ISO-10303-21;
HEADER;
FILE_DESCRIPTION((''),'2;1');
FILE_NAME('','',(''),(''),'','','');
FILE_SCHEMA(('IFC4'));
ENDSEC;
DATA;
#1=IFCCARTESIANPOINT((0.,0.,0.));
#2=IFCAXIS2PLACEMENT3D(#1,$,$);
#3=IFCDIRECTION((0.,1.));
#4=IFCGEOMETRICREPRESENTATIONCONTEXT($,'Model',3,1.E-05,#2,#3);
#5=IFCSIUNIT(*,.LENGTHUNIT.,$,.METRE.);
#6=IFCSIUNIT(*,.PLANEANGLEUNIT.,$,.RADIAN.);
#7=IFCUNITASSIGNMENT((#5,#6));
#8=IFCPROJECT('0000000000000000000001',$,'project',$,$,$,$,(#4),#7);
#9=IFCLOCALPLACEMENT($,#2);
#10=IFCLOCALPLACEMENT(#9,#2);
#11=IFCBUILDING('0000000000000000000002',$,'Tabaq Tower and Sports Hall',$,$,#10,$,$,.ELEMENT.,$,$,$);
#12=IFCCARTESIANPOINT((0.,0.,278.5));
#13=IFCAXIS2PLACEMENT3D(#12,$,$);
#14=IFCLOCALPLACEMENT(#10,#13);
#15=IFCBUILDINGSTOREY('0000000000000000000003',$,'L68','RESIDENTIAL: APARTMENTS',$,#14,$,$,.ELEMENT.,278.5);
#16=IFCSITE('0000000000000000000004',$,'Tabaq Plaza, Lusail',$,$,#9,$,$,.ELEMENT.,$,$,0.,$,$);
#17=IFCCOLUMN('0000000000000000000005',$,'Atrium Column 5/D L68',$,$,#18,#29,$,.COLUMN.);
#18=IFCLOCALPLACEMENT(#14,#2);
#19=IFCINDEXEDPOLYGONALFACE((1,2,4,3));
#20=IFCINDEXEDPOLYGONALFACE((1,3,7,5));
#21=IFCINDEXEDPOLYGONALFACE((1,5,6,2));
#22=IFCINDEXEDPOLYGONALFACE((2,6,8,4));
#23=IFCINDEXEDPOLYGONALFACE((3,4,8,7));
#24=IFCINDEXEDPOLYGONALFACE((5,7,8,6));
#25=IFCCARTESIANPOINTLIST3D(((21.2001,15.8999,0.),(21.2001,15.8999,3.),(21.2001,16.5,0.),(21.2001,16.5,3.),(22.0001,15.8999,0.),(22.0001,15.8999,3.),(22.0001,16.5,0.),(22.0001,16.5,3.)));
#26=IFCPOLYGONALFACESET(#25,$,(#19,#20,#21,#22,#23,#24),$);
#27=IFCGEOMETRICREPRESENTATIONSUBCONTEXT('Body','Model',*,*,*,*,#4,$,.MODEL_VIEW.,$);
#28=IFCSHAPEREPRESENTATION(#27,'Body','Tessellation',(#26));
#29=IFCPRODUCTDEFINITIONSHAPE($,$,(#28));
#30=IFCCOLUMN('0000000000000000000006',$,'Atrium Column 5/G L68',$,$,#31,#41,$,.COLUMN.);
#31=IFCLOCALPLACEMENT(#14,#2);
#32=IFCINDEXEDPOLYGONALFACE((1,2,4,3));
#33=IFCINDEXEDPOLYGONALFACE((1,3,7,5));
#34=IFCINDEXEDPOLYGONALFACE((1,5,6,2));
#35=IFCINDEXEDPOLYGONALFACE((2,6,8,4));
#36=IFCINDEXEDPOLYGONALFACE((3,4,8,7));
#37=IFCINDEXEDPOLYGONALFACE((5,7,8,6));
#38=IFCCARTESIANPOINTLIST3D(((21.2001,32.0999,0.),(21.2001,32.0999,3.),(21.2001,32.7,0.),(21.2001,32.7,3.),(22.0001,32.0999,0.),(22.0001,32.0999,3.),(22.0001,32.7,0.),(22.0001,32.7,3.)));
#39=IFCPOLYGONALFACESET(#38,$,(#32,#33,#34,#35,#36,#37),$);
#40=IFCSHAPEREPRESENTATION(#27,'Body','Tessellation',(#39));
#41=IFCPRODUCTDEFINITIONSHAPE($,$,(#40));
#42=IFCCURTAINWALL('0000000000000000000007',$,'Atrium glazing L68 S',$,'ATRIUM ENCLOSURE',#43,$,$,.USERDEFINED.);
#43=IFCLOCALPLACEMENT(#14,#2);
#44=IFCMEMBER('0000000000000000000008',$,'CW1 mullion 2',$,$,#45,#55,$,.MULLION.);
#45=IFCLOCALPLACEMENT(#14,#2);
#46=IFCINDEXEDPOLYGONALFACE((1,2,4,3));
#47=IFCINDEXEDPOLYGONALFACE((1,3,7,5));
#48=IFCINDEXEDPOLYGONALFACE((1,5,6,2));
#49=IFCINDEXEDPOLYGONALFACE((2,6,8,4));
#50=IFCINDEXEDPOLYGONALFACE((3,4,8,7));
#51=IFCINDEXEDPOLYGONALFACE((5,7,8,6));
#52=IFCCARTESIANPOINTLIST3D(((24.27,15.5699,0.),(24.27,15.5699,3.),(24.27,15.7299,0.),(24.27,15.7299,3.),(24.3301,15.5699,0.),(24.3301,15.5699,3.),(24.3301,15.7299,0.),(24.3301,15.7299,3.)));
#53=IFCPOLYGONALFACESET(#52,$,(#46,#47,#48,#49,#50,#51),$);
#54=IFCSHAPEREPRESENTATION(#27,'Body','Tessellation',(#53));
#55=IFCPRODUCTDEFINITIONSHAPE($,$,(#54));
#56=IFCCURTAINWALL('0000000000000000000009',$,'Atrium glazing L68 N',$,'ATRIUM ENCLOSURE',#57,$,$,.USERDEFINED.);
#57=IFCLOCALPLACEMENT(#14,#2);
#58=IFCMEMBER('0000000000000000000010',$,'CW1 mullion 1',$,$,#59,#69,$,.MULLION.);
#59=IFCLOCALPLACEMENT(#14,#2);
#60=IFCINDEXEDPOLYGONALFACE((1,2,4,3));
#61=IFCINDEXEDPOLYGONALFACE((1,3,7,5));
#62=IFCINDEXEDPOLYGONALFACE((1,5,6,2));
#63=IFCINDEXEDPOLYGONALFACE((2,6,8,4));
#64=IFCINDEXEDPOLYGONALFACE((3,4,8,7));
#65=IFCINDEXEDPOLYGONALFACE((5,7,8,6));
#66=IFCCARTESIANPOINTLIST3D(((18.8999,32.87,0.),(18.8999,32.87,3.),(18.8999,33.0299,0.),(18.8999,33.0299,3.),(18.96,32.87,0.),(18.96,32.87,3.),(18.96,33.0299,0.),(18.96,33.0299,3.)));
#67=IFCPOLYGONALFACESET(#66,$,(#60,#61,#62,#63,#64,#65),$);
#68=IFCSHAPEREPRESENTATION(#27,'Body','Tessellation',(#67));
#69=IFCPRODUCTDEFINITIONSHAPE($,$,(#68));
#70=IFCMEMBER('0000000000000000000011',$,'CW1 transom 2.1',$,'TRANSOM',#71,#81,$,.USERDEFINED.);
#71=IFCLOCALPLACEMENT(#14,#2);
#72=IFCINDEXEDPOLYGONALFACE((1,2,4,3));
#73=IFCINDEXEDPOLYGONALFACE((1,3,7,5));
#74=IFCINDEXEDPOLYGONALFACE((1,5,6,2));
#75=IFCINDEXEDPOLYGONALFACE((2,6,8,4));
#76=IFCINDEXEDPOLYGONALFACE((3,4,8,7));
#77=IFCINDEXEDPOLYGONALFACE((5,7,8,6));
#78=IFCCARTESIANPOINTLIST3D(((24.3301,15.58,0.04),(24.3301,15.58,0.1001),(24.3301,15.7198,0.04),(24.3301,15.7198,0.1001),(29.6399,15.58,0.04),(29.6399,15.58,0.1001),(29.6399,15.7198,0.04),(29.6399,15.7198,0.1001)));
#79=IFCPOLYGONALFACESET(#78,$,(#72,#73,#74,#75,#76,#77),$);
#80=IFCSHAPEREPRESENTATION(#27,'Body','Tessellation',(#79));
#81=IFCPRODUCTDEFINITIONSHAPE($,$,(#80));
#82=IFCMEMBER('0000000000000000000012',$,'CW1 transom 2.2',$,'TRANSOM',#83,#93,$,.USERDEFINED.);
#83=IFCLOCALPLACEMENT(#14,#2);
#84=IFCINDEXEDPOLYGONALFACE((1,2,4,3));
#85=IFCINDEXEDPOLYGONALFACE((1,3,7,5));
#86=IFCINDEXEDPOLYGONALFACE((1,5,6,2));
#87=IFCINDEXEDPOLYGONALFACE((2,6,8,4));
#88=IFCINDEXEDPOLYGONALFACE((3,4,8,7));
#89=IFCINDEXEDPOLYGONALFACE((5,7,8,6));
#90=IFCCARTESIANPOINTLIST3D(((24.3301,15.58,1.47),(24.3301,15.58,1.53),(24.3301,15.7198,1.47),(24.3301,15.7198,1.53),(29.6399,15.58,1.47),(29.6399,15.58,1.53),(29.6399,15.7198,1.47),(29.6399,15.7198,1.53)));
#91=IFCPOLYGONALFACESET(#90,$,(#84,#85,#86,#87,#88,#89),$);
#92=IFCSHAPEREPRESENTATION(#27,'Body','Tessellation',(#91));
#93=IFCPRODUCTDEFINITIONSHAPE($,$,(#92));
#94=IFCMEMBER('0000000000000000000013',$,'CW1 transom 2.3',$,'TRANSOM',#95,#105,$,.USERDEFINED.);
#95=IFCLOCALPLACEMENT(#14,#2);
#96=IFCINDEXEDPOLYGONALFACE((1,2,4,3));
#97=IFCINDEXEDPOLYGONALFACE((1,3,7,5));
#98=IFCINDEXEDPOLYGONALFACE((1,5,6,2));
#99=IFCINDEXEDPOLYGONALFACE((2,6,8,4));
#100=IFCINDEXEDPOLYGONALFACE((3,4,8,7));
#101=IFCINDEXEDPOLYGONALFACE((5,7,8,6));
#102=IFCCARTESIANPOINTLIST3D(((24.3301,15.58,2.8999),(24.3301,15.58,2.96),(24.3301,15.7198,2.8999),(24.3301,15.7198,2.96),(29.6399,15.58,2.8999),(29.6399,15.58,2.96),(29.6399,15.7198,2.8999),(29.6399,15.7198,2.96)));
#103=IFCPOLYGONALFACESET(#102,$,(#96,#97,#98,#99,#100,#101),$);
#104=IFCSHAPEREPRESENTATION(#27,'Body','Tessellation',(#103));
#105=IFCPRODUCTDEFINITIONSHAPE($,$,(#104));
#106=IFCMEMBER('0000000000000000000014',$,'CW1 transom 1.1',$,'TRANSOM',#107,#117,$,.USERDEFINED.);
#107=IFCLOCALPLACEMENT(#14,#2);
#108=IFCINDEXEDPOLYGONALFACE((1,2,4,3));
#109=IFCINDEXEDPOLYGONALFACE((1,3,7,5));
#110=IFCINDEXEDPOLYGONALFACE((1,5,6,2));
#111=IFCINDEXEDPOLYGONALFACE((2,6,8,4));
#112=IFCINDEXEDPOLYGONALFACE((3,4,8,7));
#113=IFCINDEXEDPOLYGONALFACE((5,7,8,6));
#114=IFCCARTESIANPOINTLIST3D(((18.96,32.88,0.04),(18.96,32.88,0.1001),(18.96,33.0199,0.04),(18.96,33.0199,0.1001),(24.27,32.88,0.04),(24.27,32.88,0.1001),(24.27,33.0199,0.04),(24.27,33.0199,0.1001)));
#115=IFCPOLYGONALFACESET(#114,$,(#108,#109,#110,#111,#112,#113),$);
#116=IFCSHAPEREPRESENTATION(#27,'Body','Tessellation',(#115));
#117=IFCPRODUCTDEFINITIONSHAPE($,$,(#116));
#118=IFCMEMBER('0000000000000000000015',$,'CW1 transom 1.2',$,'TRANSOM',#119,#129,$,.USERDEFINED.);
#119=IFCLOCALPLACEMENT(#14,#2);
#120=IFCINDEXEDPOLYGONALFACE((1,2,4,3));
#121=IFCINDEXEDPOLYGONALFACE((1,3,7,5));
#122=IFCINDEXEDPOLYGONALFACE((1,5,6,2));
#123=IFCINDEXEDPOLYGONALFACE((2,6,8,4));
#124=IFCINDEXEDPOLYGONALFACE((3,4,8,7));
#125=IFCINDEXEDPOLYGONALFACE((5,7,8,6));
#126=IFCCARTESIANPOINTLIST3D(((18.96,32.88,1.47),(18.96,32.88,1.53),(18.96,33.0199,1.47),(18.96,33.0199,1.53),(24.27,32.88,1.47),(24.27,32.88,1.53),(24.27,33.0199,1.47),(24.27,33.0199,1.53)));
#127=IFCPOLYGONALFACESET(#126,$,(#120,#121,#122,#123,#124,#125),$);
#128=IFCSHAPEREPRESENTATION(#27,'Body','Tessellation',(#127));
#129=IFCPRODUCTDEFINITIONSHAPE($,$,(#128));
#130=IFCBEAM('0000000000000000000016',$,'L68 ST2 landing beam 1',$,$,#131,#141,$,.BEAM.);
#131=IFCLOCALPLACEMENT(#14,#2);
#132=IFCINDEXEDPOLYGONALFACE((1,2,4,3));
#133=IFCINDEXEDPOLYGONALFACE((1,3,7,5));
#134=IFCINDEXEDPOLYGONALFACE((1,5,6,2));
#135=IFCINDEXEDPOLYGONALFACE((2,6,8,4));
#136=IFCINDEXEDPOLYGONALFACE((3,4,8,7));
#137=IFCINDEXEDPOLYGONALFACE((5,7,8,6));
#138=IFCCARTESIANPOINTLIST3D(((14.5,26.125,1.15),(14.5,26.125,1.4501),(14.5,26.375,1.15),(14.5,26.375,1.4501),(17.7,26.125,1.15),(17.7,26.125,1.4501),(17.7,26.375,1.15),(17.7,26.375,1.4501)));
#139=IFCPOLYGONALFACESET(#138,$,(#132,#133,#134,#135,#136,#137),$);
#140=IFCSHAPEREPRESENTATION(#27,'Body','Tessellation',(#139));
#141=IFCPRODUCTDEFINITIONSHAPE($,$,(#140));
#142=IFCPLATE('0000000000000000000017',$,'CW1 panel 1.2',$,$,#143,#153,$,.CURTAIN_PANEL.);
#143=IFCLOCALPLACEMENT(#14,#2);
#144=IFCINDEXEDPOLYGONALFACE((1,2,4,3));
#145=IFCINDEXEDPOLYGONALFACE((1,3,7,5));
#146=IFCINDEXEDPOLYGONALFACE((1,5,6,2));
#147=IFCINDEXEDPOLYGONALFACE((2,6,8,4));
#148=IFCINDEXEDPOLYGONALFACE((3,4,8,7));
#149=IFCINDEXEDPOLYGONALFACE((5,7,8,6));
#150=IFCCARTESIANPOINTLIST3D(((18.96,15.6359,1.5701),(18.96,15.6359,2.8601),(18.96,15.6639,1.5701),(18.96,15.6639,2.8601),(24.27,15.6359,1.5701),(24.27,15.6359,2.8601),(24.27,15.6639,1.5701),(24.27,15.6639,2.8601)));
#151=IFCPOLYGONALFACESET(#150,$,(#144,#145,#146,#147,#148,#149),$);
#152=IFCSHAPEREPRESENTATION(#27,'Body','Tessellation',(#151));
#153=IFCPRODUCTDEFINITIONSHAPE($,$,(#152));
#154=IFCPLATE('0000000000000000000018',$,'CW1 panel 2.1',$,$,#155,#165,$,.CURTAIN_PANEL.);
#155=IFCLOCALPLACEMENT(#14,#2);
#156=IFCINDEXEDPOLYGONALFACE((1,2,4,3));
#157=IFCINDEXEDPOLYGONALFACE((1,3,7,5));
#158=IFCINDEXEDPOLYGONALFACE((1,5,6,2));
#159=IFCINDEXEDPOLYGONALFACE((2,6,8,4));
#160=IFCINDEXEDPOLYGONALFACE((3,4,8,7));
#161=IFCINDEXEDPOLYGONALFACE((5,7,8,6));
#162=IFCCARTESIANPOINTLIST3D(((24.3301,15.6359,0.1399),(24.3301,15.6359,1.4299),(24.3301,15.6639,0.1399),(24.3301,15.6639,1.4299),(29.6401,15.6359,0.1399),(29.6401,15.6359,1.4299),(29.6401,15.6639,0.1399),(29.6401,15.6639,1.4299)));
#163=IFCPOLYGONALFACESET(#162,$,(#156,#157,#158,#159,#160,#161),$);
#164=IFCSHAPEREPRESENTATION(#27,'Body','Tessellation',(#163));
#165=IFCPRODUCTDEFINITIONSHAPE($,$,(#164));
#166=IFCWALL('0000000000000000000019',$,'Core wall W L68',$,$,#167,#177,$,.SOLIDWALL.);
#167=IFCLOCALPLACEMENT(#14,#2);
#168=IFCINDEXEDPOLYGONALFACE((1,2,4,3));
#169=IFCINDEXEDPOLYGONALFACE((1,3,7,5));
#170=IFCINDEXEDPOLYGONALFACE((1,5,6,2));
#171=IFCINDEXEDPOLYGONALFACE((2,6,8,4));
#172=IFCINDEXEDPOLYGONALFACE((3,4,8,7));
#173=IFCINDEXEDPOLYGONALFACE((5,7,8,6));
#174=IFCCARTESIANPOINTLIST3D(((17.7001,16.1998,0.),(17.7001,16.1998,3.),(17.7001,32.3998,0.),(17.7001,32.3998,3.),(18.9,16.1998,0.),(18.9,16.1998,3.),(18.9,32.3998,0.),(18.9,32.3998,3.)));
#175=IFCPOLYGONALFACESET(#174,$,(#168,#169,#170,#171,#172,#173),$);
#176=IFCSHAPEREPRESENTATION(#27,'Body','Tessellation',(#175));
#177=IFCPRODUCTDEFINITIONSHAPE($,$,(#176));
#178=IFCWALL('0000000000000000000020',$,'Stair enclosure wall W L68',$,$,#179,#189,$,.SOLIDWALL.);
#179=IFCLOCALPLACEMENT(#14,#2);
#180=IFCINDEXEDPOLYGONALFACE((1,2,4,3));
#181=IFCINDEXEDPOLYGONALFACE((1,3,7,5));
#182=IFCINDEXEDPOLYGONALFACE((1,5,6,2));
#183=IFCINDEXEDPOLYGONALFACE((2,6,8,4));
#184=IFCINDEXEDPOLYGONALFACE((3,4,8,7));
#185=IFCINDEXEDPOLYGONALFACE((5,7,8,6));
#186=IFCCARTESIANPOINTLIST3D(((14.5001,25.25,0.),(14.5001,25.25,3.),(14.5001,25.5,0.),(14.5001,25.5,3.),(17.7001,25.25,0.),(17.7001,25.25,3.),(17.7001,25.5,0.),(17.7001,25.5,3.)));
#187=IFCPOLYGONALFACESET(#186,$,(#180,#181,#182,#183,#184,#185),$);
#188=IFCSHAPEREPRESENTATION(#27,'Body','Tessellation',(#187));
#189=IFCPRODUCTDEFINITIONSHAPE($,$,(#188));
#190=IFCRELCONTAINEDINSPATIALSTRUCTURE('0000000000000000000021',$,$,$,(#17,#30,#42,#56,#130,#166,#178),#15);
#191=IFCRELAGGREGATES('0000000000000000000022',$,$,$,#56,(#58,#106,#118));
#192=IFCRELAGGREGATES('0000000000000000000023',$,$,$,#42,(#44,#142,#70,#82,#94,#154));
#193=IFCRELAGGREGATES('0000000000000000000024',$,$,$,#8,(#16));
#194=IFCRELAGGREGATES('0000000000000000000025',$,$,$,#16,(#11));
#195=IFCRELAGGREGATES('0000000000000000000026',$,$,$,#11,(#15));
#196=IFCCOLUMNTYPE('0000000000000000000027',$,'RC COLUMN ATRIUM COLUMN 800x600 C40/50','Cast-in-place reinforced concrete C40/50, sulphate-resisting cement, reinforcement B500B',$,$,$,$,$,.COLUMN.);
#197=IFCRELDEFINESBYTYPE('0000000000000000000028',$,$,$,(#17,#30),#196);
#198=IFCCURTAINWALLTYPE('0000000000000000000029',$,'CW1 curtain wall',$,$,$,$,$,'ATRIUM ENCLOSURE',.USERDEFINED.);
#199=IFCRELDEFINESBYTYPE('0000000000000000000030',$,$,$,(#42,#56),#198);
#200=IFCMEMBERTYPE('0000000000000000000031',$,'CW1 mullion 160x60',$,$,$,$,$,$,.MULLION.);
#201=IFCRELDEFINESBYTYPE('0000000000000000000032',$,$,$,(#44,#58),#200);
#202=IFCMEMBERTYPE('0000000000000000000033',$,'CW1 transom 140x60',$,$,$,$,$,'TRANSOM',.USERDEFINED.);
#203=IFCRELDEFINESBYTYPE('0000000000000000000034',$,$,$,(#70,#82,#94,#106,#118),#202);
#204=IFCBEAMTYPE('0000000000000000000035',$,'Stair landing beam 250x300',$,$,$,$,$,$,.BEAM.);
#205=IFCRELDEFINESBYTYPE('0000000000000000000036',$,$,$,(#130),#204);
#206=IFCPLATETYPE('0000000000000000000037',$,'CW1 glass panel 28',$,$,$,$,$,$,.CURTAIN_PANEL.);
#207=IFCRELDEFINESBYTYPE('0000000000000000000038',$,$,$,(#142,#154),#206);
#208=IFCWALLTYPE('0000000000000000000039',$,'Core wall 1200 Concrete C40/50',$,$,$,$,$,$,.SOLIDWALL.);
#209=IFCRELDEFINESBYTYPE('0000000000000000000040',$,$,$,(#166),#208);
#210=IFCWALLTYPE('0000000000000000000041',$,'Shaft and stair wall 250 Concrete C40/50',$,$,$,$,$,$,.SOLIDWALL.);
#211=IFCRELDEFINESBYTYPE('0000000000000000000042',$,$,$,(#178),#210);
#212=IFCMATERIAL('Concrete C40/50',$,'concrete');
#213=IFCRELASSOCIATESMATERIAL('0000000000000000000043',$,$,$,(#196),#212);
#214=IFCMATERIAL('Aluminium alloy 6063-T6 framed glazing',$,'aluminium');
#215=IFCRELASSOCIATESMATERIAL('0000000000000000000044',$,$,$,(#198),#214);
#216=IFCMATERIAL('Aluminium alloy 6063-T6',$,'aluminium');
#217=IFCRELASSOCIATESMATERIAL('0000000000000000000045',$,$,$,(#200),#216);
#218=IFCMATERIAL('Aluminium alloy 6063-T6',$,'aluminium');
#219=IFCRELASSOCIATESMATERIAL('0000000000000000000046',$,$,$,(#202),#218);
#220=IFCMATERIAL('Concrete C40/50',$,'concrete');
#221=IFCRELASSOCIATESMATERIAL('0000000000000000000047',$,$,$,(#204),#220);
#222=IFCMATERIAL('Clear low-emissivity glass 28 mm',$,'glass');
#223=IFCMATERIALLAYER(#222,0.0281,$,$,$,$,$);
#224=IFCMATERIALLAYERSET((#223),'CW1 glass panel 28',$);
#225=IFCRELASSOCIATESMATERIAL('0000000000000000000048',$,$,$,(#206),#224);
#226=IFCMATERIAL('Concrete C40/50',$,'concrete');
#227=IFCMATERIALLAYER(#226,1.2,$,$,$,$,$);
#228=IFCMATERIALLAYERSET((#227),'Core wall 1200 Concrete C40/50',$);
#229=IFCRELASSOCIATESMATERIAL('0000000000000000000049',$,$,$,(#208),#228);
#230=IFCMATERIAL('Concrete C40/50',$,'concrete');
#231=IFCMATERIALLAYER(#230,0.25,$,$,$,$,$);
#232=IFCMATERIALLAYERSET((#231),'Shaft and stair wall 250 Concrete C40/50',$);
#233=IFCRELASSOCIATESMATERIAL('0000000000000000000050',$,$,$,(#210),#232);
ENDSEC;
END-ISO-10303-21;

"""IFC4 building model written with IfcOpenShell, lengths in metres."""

from ifc_helpers import new_model, si_unit, direction, frame, frame_2d, origin, origin_2d, place, context, subcontext, project, spatial, rectangle, extrude, material, layer, layer_set, material_profile, profile_set, type_object, element, aggregate, save


model = new_model("IFC4")

# Units and contexts
model_context = context("Model", 3, precision=1e-05, world=origin(), true_north=direction((0.0, 1.0)))
body_context = subcontext(model_context, "Body", "Model", "MODEL_VIEW")
ifc_project = project(units=[si_unit("LENGTHUNIT", "METRE"), si_unit("PLANEANGLEUNIT", "RADIAN")], contexts=[model_context])

# Site, building, storey
site_placement = place(None, origin())
site = spatial("IfcSite", under=ifc_project, at=site_placement, Name="Tabaq Plaza, Lusail", CompositionType="ELEMENT", RefElevation=0.0)
building_placement = place(site_placement, origin())
building = spatial("IfcBuilding", under=site, at=building_placement, Name="Tabaq Tower and Sports Hall", CompositionType="ELEMENT")
storey_placement = place(building_placement, frame((0.0, 0.0, 278.5)))
storey = spatial("IfcBuildingStorey", under=building, at=storey_placement, Name="L68", Description="RESIDENTIAL: APARTMENTS", CompositionType="ELEMENT", Elevation=278.5)

# Columns
ifc_material_1 = material(Name="Concrete C40/50", Category="concrete")
ifc_material_profile_1 = material_profile(ifc_material_1, rectangle(XDim=0.8, YDim=0.6001, at=origin_2d()), Name="ATRIUM COLUMN 800x600")
ifc_profile_set_1 = profile_set([ifc_material_profile_1], Name="Concrete C40/50")
column_type = type_object("IfcColumnType", Name="RC COLUMN ATRIUM COLUMN 800x600 C40/50", Description="Cast-in-place reinforced concrete C40/50, sulphate-resisting cement, reinforcement B500B", PredefinedType="COLUMN", material=ifc_profile_set_1)
for number, where, z_axis, x_axis, name in (
    (1, (21.6001, 16.2, 0.0), (0.0, 0.0, 1.0), (1.0, 0.0, 0.0), "Atrium Column 5/D L68"),
    (2, (21.6001, 32.3999, 0.0), (0.0, 0.0, 1.0), (1.0, 0.0, 0.0), "Atrium Column 5/G L68"),
):
    element("IfcColumn", number, at=place(storey_placement, frame(where, z_axis=z_axis, x_axis=x_axis)), inside=storey, type_object=column_type, Name=name, PredefinedType="COLUMN", context=body_context, shape_type="SweptSolid", body=[
        extrude(rectangle(XDim=0.8, YDim=0.6001, at=origin_2d()), origin(), (0.0, 0.0, 1.0), 3.0),
    ])

# Curtain walls, members
ifc_material_2 = material(Name="Aluminium alloy 6063-T6 framed glazing", Category="aluminium")
curtain_wall_type = type_object("IfcCurtainWallType", Name="CW1 curtain wall", ElementType="ATRIUM ENCLOSURE", PredefinedType="USERDEFINED", material=ifc_material_2)
curtain_wall_1_placement = place(storey_placement, origin())
curtain_wall_1 = element("IfcCurtainWall", 3, at=curtain_wall_1_placement, inside=storey, type_object=curtain_wall_type, Name="Atrium glazing L68 S", ObjectType="ATRIUM ENCLOSURE", PredefinedType="USERDEFINED")
ifc_material_3 = material(Name="Aluminium alloy 6063-T6", Category="aluminium")
ifc_material_profile_2 = material_profile(ifc_material_3, rectangle(XDim=0.1599, YDim=0.0601, at=origin_2d()), Name="MULLION 160x60")
ifc_profile_set_2 = profile_set([ifc_material_profile_2], Name="Aluminium alloy 6063-T6")
member_type_1 = type_object("IfcMemberType", Name="CW1 mullion 160x60", PredefinedType="MULLION", material=ifc_profile_set_2)
member_1_placement = place(storey_placement, frame((24.3, 15.6499, 0.0), z_axis=(0.0, 0.0, 1.0), x_axis=(0.0, 1.0, 0.0)))
member_1 = element("IfcMember", 4, at=member_1_placement, type_object=member_type_1, Name="CW1 mullion 2", PredefinedType="MULLION", context=body_context, shape_type="SweptSolid", body=[
    extrude(rectangle(XDim=0.1599, YDim=0.0601, at=origin_2d()), origin(), (0.0, 0.0, 1.0), 3.0),
])
curtain_wall_2_placement = place(storey_placement, origin())
curtain_wall_2 = element("IfcCurtainWall", 5, at=curtain_wall_2_placement, inside=storey, type_object=curtain_wall_type, Name="Atrium glazing L68 N", ObjectType="ATRIUM ENCLOSURE", PredefinedType="USERDEFINED")
member_2_placement = place(storey_placement, frame((18.9299, 32.95, 0.0), z_axis=(0.0, 0.0, 1.0), x_axis=(0.0, 1.0, 0.0)))
member_2 = element("IfcMember", 6, at=member_2_placement, type_object=member_type_1, Name="CW1 mullion 1", PredefinedType="MULLION", context=body_context, shape_type="SweptSolid", body=[
    extrude(rectangle(XDim=0.1599, YDim=0.0601, at=origin_2d()), origin(), (0.0, 0.0, 1.0), 3.0),
])

# Members
ifc_material_4 = material(Name="Aluminium alloy 6063-T6", Category="aluminium")
ifc_material_profile_3 = material_profile(ifc_material_4, rectangle(XDim=0.1399, YDim=0.0601, at=origin_2d()), Name="TRANSOM 140x60")
ifc_profile_set_3 = profile_set([ifc_material_profile_3], Name="Aluminium alloy 6063-T6")
member_type_2 = type_object("IfcMemberType", Name="CW1 transom 140x60", ElementType="TRANSOM", PredefinedType="USERDEFINED", material=ifc_profile_set_3)
member_3_placement = place(storey_placement, frame((24.3301, 15.6499, 0.0701), z_axis=(1.0, 0.0, 0.0), x_axis=(0.0, 1.0, 0.0)))
member_3 = element("IfcMember", 7, at=member_3_placement, type_object=member_type_2, Name="CW1 transom 2.1", ObjectType="TRANSOM", PredefinedType="USERDEFINED", context=body_context, shape_type="SweptSolid", body=[
    extrude(rectangle(XDim=0.1399, YDim=0.0601, at=origin_2d()), origin(), (0.0, 0.0, 1.0), 5.3098),
])
member_4_placement = place(storey_placement, frame((24.3301, 15.6499, 1.5), z_axis=(1.0, 0.0, 0.0), x_axis=(0.0, 1.0, 0.0)))
member_4 = element("IfcMember", 8, at=member_4_placement, type_object=member_type_2, Name="CW1 transom 2.2", ObjectType="TRANSOM", PredefinedType="USERDEFINED", context=body_context, shape_type="SweptSolid", body=[
    extrude(rectangle(XDim=0.1399, YDim=0.0601, at=origin_2d()), origin(), (0.0, 0.0, 1.0), 5.3098),
])
member_5_placement = place(storey_placement, frame((24.3301, 15.6499, 2.9299), z_axis=(1.0, 0.0, 0.0), x_axis=(0.0, 1.0, 0.0)))
member_5 = element("IfcMember", 9, at=member_5_placement, type_object=member_type_2, Name="CW1 transom 2.3", ObjectType="TRANSOM", PredefinedType="USERDEFINED", context=body_context, shape_type="SweptSolid", body=[
    extrude(rectangle(XDim=0.1399, YDim=0.0601, at=origin_2d()), origin(), (0.0, 0.0, 1.0), 5.3098),
])
member_6_placement = place(storey_placement, frame((18.96, 32.95, 0.0701), z_axis=(1.0, 0.0, 0.0), x_axis=(0.0, 1.0, 0.0)))
member_6 = element("IfcMember", 10, at=member_6_placement, type_object=member_type_2, Name="CW1 transom 1.1", ObjectType="TRANSOM", PredefinedType="USERDEFINED", context=body_context, shape_type="SweptSolid", body=[
    extrude(rectangle(XDim=0.1399, YDim=0.0601, at=origin_2d()), origin(), (0.0, 0.0, 1.0), 5.3101),
])
member_7_placement = place(storey_placement, frame((18.96, 32.95, 1.5), z_axis=(1.0, 0.0, 0.0), x_axis=(0.0, 1.0, 0.0)))
member_7 = element("IfcMember", 11, at=member_7_placement, type_object=member_type_2, Name="CW1 transom 1.2", ObjectType="TRANSOM", PredefinedType="USERDEFINED", context=body_context, shape_type="SweptSolid", body=[
    extrude(rectangle(XDim=0.1399, YDim=0.0601, at=origin_2d()), origin(), (0.0, 0.0, 1.0), 5.3101),
])
aggregate(curtain_wall_2, [member_2, member_6, member_7])

# Beam
ifc_material_5 = material(Name="Concrete C40/50", Category="concrete")
ifc_material_profile_4 = material_profile(ifc_material_5, rectangle(XDim=0.25, YDim=0.3, at=origin_2d()), Name="RC 250x300")
ifc_profile_set_4 = profile_set([ifc_material_profile_4], Name="Concrete C40/50")
beam_type = type_object("IfcBeamType", Name="Stair landing beam 250x300", PredefinedType="BEAM", material=ifc_profile_set_4)
beam_placement = place(storey_placement, frame((14.5, 26.25, 1.3), z_axis=(1.0, 0.0, 0.0), x_axis=(0.0, 1.0, 0.0)))
element("IfcBeam", 12, at=beam_placement, inside=storey, type_object=beam_type, Name="L68 ST2 landing beam 1", PredefinedType="BEAM", context=body_context, shape_type="SweptSolid", body=[
    extrude(rectangle(XDim=0.25, YDim=0.3, at=origin_2d()), origin(), (0.0, 0.0, 1.0), 3.2),
])

# Plates
ifc_material_6 = material(Name="Clear low-emissivity glass 28 mm", Category="glass")
ifc_layer_1 = layer(ifc_material_6, 0.0281)
ifc_layer_set_1 = layer_set([ifc_layer_1], Name="CW1 glass panel 28")
plate_type = type_object("IfcPlateType", Name="CW1 glass panel 28", PredefinedType="CURTAIN_PANEL", material=ifc_layer_set_1)
plate_1_placement = place(storey_placement, frame((21.615, 15.6499, 1.5701), z_axis=(0.0, 0.0, 1.0), x_axis=(1.0, 0.0, 0.0)))
plate_1 = element("IfcPlate", 13, at=plate_1_placement, type_object=plate_type, Name="CW1 panel 1.2", PredefinedType="CURTAIN_PANEL", context=body_context, shape_type="SweptSolid", body=[
    extrude(rectangle(XDim=5.3101, YDim=0.0281, at=origin_2d()), origin(), (0.0, 0.0, 1.0), 1.29),
])
plate_2_placement = place(storey_placement, frame((26.9851, 15.6499, 0.1399), z_axis=(0.0, 0.0, 1.0), x_axis=(1.0, 0.0, 0.0)))
plate_2 = element("IfcPlate", 14, at=plate_2_placement, type_object=plate_type, Name="CW1 panel 2.1", PredefinedType="CURTAIN_PANEL", context=body_context, shape_type="SweptSolid", body=[
    extrude(rectangle(XDim=5.3101, YDim=0.0281, at=origin_2d()), origin(), (0.0, 0.0, 1.0), 1.29),
])
aggregate(curtain_wall_1, [member_1, plate_1, member_3, member_4, member_5, plate_2])

# Wall
ifc_material_7 = material(Name="Concrete C40/50", Category="concrete")
ifc_layer_2 = layer(ifc_material_7, 1.2)
ifc_layer_set_2 = layer_set([ifc_layer_2], Name="Core wall 1200 Concrete C40/50")
wall_type_1 = type_object("IfcWallType", Name="Core wall 1200 Concrete C40/50", PredefinedType="SOLIDWALL", material=ifc_layer_set_2)
wall_1_placement = place(storey_placement, frame((18.3, 32.3999, 0.0), z_axis=(0.0, 0.0, 1.0), x_axis=(0.0, -1.0, 0.0)))
element("IfcWall", 15, at=wall_1_placement, inside=storey, type_object=wall_type_1, Name="Core wall W L68", PredefinedType="SOLIDWALL", context=body_context, shape_type="SweptSolid", body=[
    extrude(rectangle(XDim=16.2, YDim=1.2, at=frame_2d((8.1001, 0.0))), origin(), (0.0, 0.0, 1.0), 3.0),
])

# Wall
ifc_material_8 = material(Name="Concrete C40/50", Category="concrete")
ifc_layer_3 = layer(ifc_material_8, 0.25)
ifc_layer_set_3 = layer_set([ifc_layer_3], Name="Shaft and stair wall 250 Concrete C40/50")
wall_type_2 = type_object("IfcWallType", Name="Shaft and stair wall 250 Concrete C40/50", PredefinedType="SOLIDWALL", material=ifc_layer_set_3)
for number, where, z_axis, x_axis, name in (
    (16, (14.5, 25.375, 0.0), (0.0, 0.0, 1.0), (1.0, 0.0, 0.0), "Stair enclosure wall W L68"),
):
    element("IfcWall", number, at=place(storey_placement, frame(where, z_axis=z_axis, x_axis=x_axis)), inside=storey, type_object=wall_type_2, Name=name, PredefinedType="SOLIDWALL", context=body_context, shape_type="SweptSolid", body=[
        extrude(rectangle(XDim=3.2, YDim=0.25, at=frame_2d((1.6001, 0.0))), origin(), (0.0, 0.0, 1.0), 3.0),
    ])

save(model, "model.ifc")
